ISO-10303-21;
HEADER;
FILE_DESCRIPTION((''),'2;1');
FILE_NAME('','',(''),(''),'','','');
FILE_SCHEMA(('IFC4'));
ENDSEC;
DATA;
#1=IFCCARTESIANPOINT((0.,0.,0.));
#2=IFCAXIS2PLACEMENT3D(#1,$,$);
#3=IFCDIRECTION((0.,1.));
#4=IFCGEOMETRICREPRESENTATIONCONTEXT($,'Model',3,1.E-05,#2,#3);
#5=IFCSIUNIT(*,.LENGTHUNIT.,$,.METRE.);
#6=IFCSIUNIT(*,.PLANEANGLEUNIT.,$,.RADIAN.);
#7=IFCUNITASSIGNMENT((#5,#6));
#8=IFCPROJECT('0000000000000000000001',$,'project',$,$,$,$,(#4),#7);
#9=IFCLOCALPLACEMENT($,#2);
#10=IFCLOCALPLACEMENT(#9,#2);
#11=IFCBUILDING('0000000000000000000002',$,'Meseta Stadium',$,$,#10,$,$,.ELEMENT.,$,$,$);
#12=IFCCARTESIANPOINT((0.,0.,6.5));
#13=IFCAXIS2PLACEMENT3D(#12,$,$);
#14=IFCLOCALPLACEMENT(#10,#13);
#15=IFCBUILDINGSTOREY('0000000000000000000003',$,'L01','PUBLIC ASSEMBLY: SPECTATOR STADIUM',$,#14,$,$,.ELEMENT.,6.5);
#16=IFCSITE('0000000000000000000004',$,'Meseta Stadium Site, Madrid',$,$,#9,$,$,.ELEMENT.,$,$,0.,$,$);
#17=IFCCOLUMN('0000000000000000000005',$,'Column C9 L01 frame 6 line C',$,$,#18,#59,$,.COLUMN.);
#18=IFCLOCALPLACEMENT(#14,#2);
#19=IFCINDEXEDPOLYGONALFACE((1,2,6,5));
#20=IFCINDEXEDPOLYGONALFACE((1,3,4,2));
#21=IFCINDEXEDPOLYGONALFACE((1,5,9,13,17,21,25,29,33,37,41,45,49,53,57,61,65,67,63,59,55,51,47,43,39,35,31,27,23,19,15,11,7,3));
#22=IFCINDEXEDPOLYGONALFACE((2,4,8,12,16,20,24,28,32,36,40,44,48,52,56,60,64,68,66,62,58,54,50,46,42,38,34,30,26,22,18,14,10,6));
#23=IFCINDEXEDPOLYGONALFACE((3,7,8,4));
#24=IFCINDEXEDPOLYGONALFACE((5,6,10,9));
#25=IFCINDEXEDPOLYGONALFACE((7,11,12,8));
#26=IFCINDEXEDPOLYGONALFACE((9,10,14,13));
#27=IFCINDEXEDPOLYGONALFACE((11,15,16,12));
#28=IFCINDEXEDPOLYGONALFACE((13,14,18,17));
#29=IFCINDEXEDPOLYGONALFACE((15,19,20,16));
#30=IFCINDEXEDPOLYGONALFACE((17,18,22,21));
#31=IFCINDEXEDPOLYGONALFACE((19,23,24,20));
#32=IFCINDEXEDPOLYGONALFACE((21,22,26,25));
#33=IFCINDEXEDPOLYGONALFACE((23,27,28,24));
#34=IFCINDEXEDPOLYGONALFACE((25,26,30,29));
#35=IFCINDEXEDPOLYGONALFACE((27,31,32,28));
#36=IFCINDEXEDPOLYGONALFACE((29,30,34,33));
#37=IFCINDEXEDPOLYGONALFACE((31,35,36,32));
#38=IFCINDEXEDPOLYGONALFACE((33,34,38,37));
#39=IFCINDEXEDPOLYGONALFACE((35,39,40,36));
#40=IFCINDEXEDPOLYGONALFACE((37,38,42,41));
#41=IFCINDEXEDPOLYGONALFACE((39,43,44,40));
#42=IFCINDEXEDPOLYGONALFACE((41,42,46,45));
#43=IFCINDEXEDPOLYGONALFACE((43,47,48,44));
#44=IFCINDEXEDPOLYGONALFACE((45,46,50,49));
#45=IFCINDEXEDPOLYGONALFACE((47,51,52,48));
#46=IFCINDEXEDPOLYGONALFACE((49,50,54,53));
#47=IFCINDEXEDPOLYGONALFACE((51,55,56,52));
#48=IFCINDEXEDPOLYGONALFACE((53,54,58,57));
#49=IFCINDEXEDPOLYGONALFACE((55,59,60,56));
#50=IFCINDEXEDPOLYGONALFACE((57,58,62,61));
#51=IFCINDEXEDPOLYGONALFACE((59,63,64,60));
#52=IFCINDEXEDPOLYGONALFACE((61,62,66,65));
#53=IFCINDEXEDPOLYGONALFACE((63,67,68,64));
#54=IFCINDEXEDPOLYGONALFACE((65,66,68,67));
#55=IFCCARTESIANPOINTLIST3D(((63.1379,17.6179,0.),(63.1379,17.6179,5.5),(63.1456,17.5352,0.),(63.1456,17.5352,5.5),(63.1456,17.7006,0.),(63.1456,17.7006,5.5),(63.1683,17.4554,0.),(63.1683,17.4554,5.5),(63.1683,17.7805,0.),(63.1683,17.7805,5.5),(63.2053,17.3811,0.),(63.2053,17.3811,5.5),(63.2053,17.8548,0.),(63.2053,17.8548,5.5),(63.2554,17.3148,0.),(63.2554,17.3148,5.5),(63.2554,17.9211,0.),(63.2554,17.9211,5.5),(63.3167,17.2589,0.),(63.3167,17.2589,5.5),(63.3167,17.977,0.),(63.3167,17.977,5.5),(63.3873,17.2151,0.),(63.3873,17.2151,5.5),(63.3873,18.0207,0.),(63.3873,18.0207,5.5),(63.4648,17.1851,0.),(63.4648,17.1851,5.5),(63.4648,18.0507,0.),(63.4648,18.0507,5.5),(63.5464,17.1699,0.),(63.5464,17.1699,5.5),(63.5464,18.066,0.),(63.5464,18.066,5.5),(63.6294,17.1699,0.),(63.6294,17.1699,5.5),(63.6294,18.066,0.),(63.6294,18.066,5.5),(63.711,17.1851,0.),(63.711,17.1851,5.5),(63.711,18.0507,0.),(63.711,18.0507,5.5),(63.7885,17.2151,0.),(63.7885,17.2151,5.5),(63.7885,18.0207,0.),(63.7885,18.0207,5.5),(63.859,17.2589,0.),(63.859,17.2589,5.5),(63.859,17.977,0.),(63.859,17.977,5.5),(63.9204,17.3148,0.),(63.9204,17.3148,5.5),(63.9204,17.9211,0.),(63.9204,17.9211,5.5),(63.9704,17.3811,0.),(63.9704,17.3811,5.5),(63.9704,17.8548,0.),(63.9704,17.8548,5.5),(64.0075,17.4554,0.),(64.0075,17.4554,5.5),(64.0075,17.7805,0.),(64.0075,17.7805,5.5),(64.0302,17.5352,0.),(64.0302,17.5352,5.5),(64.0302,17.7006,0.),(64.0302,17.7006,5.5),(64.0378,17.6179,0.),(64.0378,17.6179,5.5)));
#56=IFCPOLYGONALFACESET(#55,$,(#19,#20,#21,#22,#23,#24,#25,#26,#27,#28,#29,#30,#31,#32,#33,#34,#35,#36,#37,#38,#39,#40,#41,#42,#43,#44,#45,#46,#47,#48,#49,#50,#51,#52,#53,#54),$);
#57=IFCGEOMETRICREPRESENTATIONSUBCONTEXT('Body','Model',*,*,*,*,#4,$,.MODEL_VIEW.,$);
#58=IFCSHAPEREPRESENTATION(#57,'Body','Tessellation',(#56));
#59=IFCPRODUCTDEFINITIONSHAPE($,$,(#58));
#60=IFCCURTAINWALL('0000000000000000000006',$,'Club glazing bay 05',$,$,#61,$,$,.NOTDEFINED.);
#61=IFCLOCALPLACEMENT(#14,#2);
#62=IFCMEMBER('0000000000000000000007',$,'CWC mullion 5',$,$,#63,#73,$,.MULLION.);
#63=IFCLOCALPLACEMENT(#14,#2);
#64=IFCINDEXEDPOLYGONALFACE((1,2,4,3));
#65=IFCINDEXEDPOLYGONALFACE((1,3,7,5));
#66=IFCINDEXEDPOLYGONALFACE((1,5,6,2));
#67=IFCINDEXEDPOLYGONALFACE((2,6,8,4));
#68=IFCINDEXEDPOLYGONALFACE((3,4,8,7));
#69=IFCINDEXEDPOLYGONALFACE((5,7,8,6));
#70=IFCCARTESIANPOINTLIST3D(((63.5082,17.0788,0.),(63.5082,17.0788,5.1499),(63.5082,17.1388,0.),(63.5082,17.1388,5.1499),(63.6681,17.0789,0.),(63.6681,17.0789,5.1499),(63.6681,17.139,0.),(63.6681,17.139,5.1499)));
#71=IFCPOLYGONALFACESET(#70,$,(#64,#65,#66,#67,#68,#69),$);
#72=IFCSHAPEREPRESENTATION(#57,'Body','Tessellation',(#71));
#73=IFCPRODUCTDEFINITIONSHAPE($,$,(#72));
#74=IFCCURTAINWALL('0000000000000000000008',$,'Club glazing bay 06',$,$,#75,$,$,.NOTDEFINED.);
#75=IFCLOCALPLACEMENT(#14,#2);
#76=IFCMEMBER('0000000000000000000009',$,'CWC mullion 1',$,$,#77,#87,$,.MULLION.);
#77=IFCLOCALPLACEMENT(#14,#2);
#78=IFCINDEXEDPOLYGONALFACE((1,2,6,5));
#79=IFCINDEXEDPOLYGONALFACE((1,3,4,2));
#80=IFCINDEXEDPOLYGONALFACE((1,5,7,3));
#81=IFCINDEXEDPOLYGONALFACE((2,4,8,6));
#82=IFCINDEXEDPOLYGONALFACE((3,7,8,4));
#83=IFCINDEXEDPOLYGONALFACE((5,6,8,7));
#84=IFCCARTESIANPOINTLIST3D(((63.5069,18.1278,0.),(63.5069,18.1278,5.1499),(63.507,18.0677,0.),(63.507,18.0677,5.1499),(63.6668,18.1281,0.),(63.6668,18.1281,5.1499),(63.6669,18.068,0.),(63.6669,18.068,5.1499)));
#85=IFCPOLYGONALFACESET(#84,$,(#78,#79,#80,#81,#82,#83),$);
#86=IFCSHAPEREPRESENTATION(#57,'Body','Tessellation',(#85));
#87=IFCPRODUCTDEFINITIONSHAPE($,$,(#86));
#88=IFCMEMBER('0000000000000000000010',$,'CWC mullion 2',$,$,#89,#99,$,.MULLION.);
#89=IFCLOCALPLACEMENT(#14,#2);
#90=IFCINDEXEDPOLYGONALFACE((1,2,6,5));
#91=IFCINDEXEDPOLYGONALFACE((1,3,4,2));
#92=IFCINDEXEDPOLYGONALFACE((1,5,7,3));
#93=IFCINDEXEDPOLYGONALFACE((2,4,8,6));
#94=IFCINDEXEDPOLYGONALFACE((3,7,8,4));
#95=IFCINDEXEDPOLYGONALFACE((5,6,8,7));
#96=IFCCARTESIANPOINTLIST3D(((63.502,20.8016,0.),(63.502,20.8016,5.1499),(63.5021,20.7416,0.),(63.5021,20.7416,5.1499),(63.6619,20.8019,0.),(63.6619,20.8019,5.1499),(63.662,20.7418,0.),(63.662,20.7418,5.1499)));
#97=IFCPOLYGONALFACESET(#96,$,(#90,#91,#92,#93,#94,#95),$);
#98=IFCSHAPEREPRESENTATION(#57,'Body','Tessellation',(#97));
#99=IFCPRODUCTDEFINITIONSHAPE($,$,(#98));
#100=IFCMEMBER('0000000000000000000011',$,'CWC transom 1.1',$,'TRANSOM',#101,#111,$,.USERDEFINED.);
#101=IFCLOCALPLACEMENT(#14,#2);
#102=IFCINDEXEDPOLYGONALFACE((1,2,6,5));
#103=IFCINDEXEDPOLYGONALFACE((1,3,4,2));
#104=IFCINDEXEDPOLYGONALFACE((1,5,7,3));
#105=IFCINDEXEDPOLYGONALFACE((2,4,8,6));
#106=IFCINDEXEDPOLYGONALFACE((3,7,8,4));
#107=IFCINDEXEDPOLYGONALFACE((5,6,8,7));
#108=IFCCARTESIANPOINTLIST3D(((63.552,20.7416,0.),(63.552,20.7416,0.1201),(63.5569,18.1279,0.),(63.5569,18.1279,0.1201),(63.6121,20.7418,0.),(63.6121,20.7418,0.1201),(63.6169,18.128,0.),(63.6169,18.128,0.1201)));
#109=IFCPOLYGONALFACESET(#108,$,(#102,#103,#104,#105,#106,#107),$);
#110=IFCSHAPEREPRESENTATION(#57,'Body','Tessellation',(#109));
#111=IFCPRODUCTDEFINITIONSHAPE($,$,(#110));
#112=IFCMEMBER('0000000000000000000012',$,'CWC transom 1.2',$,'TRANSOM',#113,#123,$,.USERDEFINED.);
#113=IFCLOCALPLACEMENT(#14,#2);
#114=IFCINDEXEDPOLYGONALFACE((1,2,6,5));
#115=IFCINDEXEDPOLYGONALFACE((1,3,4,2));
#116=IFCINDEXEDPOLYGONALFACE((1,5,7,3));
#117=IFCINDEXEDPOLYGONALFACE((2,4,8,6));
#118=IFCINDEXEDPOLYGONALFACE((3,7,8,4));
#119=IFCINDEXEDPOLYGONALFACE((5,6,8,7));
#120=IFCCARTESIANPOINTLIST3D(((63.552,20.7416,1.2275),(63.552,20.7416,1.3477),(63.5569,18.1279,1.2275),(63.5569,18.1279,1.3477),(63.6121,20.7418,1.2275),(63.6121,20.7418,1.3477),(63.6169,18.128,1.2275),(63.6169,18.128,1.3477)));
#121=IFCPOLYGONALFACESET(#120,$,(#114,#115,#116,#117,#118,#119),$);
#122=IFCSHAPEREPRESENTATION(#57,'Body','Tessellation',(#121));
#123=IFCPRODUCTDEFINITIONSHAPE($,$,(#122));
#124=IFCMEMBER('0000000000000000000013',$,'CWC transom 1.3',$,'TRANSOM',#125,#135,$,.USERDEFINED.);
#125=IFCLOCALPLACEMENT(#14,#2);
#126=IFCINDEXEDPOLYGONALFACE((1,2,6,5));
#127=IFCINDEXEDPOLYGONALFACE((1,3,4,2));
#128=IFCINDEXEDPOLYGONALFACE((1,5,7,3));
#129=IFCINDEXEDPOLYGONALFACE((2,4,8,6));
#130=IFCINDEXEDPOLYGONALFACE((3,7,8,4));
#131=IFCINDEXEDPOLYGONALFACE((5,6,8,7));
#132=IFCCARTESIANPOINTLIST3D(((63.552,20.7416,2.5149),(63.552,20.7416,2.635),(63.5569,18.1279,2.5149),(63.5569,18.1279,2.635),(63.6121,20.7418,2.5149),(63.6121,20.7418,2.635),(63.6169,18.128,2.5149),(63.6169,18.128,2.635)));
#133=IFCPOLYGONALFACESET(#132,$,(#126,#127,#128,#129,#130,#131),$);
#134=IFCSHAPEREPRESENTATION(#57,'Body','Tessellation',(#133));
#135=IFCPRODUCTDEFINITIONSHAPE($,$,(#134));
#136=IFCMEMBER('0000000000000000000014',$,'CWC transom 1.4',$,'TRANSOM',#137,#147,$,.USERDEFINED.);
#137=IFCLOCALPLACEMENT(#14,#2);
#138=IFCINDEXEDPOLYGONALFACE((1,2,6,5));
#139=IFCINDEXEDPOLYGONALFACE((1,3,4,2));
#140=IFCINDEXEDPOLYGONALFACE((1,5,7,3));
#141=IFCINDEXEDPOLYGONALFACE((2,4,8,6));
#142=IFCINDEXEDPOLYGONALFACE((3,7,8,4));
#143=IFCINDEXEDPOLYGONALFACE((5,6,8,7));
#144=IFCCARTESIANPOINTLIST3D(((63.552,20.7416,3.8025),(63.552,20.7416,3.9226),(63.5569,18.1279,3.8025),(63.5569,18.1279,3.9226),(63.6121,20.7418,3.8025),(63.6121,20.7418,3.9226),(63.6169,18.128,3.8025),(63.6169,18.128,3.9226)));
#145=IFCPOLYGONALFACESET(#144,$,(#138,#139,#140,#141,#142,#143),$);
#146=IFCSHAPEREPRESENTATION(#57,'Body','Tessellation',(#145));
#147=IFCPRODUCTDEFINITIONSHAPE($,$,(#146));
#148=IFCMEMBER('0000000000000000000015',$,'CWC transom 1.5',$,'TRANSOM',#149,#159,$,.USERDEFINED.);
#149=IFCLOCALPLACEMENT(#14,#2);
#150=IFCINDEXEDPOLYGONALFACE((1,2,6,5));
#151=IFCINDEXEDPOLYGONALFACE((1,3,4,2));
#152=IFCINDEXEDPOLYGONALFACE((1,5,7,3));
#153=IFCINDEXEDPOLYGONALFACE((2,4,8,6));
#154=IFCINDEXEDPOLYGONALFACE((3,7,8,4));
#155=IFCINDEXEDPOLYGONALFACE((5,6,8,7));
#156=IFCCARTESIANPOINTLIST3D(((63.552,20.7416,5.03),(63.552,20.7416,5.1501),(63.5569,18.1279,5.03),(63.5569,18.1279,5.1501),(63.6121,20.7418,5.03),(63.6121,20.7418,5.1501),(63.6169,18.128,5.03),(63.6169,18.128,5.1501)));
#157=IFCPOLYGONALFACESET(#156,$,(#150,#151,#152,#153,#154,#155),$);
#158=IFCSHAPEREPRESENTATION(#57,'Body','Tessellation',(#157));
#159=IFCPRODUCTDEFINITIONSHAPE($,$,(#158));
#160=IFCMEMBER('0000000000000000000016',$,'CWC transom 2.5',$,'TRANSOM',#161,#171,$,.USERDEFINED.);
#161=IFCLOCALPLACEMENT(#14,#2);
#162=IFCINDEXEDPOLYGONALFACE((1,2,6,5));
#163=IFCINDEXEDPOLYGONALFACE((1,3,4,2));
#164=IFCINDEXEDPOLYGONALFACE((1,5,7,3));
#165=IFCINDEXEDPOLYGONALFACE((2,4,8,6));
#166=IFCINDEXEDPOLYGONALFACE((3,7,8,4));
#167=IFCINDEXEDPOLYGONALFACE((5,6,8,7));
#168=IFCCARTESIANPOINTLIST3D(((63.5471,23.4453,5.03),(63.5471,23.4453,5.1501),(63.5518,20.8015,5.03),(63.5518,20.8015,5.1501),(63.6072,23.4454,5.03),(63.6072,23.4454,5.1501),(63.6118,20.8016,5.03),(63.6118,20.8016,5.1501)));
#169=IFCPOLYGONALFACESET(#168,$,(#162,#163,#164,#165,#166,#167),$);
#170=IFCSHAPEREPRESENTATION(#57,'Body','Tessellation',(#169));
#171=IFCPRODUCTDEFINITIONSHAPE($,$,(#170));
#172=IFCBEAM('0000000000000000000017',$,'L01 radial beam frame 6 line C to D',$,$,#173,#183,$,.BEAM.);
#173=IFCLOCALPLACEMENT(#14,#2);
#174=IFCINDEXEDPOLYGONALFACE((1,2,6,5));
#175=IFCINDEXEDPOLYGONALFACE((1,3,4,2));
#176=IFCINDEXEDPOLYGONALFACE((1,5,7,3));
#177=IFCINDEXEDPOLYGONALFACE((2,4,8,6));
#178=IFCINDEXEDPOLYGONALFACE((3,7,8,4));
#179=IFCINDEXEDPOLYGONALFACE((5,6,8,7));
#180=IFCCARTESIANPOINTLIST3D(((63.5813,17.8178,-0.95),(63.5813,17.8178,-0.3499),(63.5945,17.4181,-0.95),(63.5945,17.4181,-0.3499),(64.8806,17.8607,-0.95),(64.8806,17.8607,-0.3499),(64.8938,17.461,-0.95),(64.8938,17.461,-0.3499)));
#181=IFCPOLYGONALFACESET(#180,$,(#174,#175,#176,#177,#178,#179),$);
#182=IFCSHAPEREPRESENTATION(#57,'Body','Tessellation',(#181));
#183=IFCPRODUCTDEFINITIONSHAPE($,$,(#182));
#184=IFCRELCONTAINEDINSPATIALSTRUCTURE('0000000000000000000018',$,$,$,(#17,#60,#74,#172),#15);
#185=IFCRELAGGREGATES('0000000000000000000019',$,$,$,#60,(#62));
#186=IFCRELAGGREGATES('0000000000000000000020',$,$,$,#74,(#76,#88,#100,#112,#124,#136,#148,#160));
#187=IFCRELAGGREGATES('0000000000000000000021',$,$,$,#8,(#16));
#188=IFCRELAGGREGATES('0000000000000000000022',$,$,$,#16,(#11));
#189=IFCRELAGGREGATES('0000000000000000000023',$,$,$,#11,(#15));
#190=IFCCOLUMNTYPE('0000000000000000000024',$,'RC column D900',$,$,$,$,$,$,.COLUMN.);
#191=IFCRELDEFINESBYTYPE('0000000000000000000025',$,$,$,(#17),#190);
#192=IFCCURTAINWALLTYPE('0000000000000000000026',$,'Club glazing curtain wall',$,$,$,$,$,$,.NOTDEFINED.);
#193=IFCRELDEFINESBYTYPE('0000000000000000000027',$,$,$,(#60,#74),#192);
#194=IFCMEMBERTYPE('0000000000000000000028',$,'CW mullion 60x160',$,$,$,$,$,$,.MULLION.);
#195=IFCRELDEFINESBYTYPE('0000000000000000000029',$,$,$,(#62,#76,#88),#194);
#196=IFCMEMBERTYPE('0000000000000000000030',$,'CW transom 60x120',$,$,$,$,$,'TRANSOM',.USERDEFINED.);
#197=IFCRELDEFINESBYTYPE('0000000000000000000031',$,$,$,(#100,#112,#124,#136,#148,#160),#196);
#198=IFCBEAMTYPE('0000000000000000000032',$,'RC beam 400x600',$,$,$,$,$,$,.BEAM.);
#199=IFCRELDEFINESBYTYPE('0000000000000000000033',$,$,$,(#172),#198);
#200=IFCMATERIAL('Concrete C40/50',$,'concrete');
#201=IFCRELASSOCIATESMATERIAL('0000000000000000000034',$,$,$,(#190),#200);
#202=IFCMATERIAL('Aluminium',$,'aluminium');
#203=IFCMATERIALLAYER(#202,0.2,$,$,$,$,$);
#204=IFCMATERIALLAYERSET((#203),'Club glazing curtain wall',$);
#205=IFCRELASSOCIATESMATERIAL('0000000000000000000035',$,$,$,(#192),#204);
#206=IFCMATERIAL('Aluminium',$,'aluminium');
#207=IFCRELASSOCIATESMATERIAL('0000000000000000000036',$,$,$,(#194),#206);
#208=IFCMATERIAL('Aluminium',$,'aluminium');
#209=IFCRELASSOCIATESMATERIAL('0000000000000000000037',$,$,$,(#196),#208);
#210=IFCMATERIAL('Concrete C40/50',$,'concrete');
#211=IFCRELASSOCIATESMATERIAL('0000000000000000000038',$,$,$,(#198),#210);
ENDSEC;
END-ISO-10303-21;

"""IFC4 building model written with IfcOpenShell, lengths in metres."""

from ifc_helpers import new_model, si_unit, direction, frame, origin, origin_2d, place, context, subcontext, project, spatial, rectangle, circle, extrude, material, layer, layer_set, material_profile, profile_set, type_object, element, aggregate, save


model = new_model("IFC4")

# Units and contexts
model_context = context("Model", 3, precision=1e-05, world=origin(), true_north=direction((0.0, 1.0)))
body_context = subcontext(model_context, "Body", "Model", "MODEL_VIEW")
ifc_project = project(units=[si_unit("LENGTHUNIT", "METRE"), si_unit("PLANEANGLEUNIT", "RADIAN")], contexts=[model_context])

# Site, building, storey
site_placement = place(None, origin())
site = spatial("IfcSite", under=ifc_project, at=site_placement, Name="Meseta Stadium Site, Madrid", CompositionType="ELEMENT", RefElevation=0.0)
building_placement = place(site_placement, origin())
building = spatial("IfcBuilding", under=site, at=building_placement, Name="Meseta Stadium", CompositionType="ELEMENT")
storey_placement = place(building_placement, frame((0.0, 0.0, 6.5)))
storey = spatial("IfcBuildingStorey", under=building, at=storey_placement, Name="L01", Description="PUBLIC ASSEMBLY: SPECTATOR STADIUM", CompositionType="ELEMENT", Elevation=6.5)

# Column
ifc_material_1 = material(Name="Concrete C40/50", Category="concrete")
ifc_material_profile_1 = material_profile(ifc_material_1, circle(Radius=0.45, at=origin_2d()), Name="RC D900")
ifc_profile_set_1 = profile_set([ifc_material_profile_1], Name="Concrete C40/50")
column_type = type_object("IfcColumnType", Name="RC column D900", PredefinedType="COLUMN", material=ifc_profile_set_1)
column_placement = place(storey_placement, frame((63.5879, 17.6179, 0.0), z_axis=(0.0, 0.0, 1.0), x_axis=(1.0, 0.0, 0.0)))
element("IfcColumn", 1, at=column_placement, inside=storey, type_object=column_type, Name="Column C9 L01 frame 6 line C", PredefinedType="COLUMN", context=body_context, shape_type="SweptSolid", body=[
    extrude(circle(Radius=0.45, at=origin_2d()), origin(), (0.0, 0.0, 1.0), 5.5),
])

# Curtain wall, member
ifc_material_2 = material(Name="Aluminium", Category="aluminium")
ifc_layer_1 = layer(ifc_material_2, 0.2)
ifc_layer_set_1 = layer_set([ifc_layer_1], Name="Club glazing curtain wall")
curtain_wall_type = type_object("IfcCurtainWallType", Name="Club glazing curtain wall", PredefinedType="NOTDEFINED", material=ifc_layer_set_1)
curtain_wall_1_placement = place(storey_placement, origin())
curtain_wall_1 = element("IfcCurtainWall", 2, at=curtain_wall_1_placement, inside=storey, type_object=curtain_wall_type, Name="Club glazing bay 05", PredefinedType="NOTDEFINED")
ifc_material_3 = material(Name="Aluminium", Category="aluminium")
ifc_material_profile_2 = material_profile(ifc_material_3, rectangle(XDim=0.1599, YDim=0.0601, at=origin_2d()), Name="CW 160x60")
ifc_profile_set_2 = profile_set([ifc_material_profile_2], Name="Aluminium")
member_type_1 = type_object("IfcMemberType", Name="CW mullion 60x160", PredefinedType="MULLION", material=ifc_profile_set_2)
member_1_placement = place(storey_placement, frame((63.5881, 17.1089, 0.0), z_axis=(0.0, 0.0, 1.0), x_axis=(-1.0, -0.000925, 0.0)))
member_1 = element("IfcMember", 3, at=member_1_placement, type_object=member_type_1, Name="CWC mullion 5", PredefinedType="MULLION", context=body_context, shape_type="SweptSolid", body=[
    extrude(rectangle(XDim=0.1599, YDim=0.0601, at=origin_2d()), origin(), (0.0, 0.0, 1.0), 5.1499),
])

# Curtain wall, members
curtain_wall_2_placement = place(storey_placement, origin())
curtain_wall_2 = element("IfcCurtainWall", 4, at=curtain_wall_2_placement, inside=storey, type_object=curtain_wall_type, Name="Club glazing bay 06", PredefinedType="NOTDEFINED")
member_2_placement = place(storey_placement, frame((63.5869, 18.0979, 0.0), z_axis=(0.0, 0.0, 1.0), x_axis=(-0.999998, -0.001845, 0.0)))
member_2 = element("IfcMember", 5, at=member_2_placement, type_object=member_type_1, Name="CWC mullion 1", PredefinedType="MULLION", context=body_context, shape_type="SweptSolid", body=[
    extrude(rectangle(XDim=0.1599, YDim=0.0601, at=origin_2d()), origin(), (0.0, 0.0, 1.0), 5.1499),
])
member_3_placement = place(storey_placement, frame((63.582, 20.7717, 0.0), z_axis=(0.0, 0.0, 1.0), x_axis=(-0.999998, -0.001845, 0.0)))
member_3 = element("IfcMember", 6, at=member_3_placement, type_object=member_type_1, Name="CWC mullion 2", PredefinedType="MULLION", context=body_context, shape_type="SweptSolid", body=[
    extrude(rectangle(XDim=0.1599, YDim=0.0601, at=origin_2d()), origin(), (0.0, 0.0, 1.0), 5.1499),
])
ifc_material_4 = material(Name="Aluminium", Category="aluminium")
ifc_material_profile_3 = material_profile(ifc_material_4, rectangle(XDim=0.0601, YDim=0.1201, at=origin_2d()), Name="CW 60x120")
ifc_profile_set_3 = profile_set([ifc_material_profile_3], Name="Aluminium")
member_type_2 = type_object("IfcMemberType", Name="CW transom 60x120", ElementType="TRANSOM", PredefinedType="USERDEFINED", material=ifc_profile_set_3)
member_4_placement = place(storey_placement, frame((63.5869, 18.1279, 0.0601), z_axis=(-0.001868, 0.999998, 0.0), x_axis=(-0.999998, -0.001868, 0.0)))
member_4 = element("IfcMember", 7, at=member_4_placement, type_object=member_type_2, Name="CWC transom 1.1", ObjectType="TRANSOM", PredefinedType="USERDEFINED", context=body_context, shape_type="SweptSolid", body=[
    extrude(rectangle(XDim=0.0601, YDim=0.1201, at=origin_2d()), origin(), (0.0, 0.0, 1.0), 2.6138),
])
member_5_placement = place(storey_placement, frame((63.5869, 18.1279, 1.2876), z_axis=(-0.001868, 0.999998, 0.0), x_axis=(-0.999998, -0.001868, 0.0)))
member_5 = element("IfcMember", 8, at=member_5_placement, type_object=member_type_2, Name="CWC transom 1.2", ObjectType="TRANSOM", PredefinedType="USERDEFINED", context=body_context, shape_type="SweptSolid", body=[
    extrude(rectangle(XDim=0.0601, YDim=0.1201, at=origin_2d()), origin(), (0.0, 0.0, 1.0), 2.6138),
])
member_6_placement = place(storey_placement, frame((63.5869, 18.1279, 2.575), z_axis=(-0.001868, 0.999998, 0.0), x_axis=(-0.999998, -0.001868, 0.0)))
member_6 = element("IfcMember", 9, at=member_6_placement, type_object=member_type_2, Name="CWC transom 1.3", ObjectType="TRANSOM", PredefinedType="USERDEFINED", context=body_context, shape_type="SweptSolid", body=[
    extrude(rectangle(XDim=0.0601, YDim=0.1201, at=origin_2d()), origin(), (0.0, 0.0, 1.0), 2.6138),
])
member_7_placement = place(storey_placement, frame((63.5869, 18.1279, 3.8625), z_axis=(-0.001868, 0.999998, 0.0), x_axis=(-0.999998, -0.001868, 0.0)))
member_7 = element("IfcMember", 10, at=member_7_placement, type_object=member_type_2, Name="CWC transom 1.4", ObjectType="TRANSOM", PredefinedType="USERDEFINED", context=body_context, shape_type="SweptSolid", body=[
    extrude(rectangle(XDim=0.0601, YDim=0.1201, at=origin_2d()), origin(), (0.0, 0.0, 1.0), 2.6138),
])
member_8_placement = place(storey_placement, frame((63.5869, 18.1279, 5.0901), z_axis=(-0.001868, 0.999998, 0.0), x_axis=(-0.999998, -0.001868, 0.0)))
member_8 = element("IfcMember", 11, at=member_8_placement, type_object=member_type_2, Name="CWC transom 1.5", ObjectType="TRANSOM", PredefinedType="USERDEFINED", context=body_context, shape_type="SweptSolid", body=[
    extrude(rectangle(XDim=0.0601, YDim=0.1201, at=origin_2d()), origin(), (0.0, 0.0, 1.0), 2.6138),
])
member_9_placement = place(storey_placement, frame((63.5818, 20.8015, 5.0901), z_axis=(-0.001755, 0.999998, 0.0), x_axis=(-0.999998, -0.001755, 0.0)))
member_9 = element("IfcMember", 12, at=member_9_placement, type_object=member_type_2, Name="CWC transom 2.5", ObjectType="TRANSOM", PredefinedType="USERDEFINED", context=body_context, shape_type="SweptSolid", body=[
    extrude(rectangle(XDim=0.0601, YDim=0.1201, at=origin_2d()), origin(), (0.0, 0.0, 1.0), 2.6438),
])

# Beam
ifc_material_5 = material(Name="Concrete C40/50", Category="concrete")
ifc_material_profile_4 = material_profile(ifc_material_5, rectangle(XDim=0.3999, YDim=0.6001, at=origin_2d()), Name="RC 400x600")
ifc_profile_set_4 = profile_set([ifc_material_profile_4], Name="Concrete C40/50")
beam_type_1 = type_object("IfcBeamType", Name="RC beam 400x600", PredefinedType="BEAM", material=ifc_profile_set_4)
beam_1_placement = place(storey_placement, frame((63.5879, 17.6179, -0.6499), z_axis=(0.999454, 0.033052, 0.0), x_axis=(-0.033052, 0.999454, 0.0)))
element("IfcBeam", 13, at=beam_1_placement, inside=storey, type_object=beam_type_1, Name="L01 radial beam frame 6 line C to D", PredefinedType="BEAM", context=body_context, shape_type="SweptSolid", body=[
    extrude(rectangle(XDim=0.3999, YDim=0.6001, at=origin_2d()), origin(), (0.0, 0.0, 1.0), 1.3),
])

aggregate(curtain_wall_1, [member_1])
aggregate(curtain_wall_2, [member_2, member_3, member_4, member_5, member_6, member_7, member_8, member_9])

save(model, "model.ifc")
